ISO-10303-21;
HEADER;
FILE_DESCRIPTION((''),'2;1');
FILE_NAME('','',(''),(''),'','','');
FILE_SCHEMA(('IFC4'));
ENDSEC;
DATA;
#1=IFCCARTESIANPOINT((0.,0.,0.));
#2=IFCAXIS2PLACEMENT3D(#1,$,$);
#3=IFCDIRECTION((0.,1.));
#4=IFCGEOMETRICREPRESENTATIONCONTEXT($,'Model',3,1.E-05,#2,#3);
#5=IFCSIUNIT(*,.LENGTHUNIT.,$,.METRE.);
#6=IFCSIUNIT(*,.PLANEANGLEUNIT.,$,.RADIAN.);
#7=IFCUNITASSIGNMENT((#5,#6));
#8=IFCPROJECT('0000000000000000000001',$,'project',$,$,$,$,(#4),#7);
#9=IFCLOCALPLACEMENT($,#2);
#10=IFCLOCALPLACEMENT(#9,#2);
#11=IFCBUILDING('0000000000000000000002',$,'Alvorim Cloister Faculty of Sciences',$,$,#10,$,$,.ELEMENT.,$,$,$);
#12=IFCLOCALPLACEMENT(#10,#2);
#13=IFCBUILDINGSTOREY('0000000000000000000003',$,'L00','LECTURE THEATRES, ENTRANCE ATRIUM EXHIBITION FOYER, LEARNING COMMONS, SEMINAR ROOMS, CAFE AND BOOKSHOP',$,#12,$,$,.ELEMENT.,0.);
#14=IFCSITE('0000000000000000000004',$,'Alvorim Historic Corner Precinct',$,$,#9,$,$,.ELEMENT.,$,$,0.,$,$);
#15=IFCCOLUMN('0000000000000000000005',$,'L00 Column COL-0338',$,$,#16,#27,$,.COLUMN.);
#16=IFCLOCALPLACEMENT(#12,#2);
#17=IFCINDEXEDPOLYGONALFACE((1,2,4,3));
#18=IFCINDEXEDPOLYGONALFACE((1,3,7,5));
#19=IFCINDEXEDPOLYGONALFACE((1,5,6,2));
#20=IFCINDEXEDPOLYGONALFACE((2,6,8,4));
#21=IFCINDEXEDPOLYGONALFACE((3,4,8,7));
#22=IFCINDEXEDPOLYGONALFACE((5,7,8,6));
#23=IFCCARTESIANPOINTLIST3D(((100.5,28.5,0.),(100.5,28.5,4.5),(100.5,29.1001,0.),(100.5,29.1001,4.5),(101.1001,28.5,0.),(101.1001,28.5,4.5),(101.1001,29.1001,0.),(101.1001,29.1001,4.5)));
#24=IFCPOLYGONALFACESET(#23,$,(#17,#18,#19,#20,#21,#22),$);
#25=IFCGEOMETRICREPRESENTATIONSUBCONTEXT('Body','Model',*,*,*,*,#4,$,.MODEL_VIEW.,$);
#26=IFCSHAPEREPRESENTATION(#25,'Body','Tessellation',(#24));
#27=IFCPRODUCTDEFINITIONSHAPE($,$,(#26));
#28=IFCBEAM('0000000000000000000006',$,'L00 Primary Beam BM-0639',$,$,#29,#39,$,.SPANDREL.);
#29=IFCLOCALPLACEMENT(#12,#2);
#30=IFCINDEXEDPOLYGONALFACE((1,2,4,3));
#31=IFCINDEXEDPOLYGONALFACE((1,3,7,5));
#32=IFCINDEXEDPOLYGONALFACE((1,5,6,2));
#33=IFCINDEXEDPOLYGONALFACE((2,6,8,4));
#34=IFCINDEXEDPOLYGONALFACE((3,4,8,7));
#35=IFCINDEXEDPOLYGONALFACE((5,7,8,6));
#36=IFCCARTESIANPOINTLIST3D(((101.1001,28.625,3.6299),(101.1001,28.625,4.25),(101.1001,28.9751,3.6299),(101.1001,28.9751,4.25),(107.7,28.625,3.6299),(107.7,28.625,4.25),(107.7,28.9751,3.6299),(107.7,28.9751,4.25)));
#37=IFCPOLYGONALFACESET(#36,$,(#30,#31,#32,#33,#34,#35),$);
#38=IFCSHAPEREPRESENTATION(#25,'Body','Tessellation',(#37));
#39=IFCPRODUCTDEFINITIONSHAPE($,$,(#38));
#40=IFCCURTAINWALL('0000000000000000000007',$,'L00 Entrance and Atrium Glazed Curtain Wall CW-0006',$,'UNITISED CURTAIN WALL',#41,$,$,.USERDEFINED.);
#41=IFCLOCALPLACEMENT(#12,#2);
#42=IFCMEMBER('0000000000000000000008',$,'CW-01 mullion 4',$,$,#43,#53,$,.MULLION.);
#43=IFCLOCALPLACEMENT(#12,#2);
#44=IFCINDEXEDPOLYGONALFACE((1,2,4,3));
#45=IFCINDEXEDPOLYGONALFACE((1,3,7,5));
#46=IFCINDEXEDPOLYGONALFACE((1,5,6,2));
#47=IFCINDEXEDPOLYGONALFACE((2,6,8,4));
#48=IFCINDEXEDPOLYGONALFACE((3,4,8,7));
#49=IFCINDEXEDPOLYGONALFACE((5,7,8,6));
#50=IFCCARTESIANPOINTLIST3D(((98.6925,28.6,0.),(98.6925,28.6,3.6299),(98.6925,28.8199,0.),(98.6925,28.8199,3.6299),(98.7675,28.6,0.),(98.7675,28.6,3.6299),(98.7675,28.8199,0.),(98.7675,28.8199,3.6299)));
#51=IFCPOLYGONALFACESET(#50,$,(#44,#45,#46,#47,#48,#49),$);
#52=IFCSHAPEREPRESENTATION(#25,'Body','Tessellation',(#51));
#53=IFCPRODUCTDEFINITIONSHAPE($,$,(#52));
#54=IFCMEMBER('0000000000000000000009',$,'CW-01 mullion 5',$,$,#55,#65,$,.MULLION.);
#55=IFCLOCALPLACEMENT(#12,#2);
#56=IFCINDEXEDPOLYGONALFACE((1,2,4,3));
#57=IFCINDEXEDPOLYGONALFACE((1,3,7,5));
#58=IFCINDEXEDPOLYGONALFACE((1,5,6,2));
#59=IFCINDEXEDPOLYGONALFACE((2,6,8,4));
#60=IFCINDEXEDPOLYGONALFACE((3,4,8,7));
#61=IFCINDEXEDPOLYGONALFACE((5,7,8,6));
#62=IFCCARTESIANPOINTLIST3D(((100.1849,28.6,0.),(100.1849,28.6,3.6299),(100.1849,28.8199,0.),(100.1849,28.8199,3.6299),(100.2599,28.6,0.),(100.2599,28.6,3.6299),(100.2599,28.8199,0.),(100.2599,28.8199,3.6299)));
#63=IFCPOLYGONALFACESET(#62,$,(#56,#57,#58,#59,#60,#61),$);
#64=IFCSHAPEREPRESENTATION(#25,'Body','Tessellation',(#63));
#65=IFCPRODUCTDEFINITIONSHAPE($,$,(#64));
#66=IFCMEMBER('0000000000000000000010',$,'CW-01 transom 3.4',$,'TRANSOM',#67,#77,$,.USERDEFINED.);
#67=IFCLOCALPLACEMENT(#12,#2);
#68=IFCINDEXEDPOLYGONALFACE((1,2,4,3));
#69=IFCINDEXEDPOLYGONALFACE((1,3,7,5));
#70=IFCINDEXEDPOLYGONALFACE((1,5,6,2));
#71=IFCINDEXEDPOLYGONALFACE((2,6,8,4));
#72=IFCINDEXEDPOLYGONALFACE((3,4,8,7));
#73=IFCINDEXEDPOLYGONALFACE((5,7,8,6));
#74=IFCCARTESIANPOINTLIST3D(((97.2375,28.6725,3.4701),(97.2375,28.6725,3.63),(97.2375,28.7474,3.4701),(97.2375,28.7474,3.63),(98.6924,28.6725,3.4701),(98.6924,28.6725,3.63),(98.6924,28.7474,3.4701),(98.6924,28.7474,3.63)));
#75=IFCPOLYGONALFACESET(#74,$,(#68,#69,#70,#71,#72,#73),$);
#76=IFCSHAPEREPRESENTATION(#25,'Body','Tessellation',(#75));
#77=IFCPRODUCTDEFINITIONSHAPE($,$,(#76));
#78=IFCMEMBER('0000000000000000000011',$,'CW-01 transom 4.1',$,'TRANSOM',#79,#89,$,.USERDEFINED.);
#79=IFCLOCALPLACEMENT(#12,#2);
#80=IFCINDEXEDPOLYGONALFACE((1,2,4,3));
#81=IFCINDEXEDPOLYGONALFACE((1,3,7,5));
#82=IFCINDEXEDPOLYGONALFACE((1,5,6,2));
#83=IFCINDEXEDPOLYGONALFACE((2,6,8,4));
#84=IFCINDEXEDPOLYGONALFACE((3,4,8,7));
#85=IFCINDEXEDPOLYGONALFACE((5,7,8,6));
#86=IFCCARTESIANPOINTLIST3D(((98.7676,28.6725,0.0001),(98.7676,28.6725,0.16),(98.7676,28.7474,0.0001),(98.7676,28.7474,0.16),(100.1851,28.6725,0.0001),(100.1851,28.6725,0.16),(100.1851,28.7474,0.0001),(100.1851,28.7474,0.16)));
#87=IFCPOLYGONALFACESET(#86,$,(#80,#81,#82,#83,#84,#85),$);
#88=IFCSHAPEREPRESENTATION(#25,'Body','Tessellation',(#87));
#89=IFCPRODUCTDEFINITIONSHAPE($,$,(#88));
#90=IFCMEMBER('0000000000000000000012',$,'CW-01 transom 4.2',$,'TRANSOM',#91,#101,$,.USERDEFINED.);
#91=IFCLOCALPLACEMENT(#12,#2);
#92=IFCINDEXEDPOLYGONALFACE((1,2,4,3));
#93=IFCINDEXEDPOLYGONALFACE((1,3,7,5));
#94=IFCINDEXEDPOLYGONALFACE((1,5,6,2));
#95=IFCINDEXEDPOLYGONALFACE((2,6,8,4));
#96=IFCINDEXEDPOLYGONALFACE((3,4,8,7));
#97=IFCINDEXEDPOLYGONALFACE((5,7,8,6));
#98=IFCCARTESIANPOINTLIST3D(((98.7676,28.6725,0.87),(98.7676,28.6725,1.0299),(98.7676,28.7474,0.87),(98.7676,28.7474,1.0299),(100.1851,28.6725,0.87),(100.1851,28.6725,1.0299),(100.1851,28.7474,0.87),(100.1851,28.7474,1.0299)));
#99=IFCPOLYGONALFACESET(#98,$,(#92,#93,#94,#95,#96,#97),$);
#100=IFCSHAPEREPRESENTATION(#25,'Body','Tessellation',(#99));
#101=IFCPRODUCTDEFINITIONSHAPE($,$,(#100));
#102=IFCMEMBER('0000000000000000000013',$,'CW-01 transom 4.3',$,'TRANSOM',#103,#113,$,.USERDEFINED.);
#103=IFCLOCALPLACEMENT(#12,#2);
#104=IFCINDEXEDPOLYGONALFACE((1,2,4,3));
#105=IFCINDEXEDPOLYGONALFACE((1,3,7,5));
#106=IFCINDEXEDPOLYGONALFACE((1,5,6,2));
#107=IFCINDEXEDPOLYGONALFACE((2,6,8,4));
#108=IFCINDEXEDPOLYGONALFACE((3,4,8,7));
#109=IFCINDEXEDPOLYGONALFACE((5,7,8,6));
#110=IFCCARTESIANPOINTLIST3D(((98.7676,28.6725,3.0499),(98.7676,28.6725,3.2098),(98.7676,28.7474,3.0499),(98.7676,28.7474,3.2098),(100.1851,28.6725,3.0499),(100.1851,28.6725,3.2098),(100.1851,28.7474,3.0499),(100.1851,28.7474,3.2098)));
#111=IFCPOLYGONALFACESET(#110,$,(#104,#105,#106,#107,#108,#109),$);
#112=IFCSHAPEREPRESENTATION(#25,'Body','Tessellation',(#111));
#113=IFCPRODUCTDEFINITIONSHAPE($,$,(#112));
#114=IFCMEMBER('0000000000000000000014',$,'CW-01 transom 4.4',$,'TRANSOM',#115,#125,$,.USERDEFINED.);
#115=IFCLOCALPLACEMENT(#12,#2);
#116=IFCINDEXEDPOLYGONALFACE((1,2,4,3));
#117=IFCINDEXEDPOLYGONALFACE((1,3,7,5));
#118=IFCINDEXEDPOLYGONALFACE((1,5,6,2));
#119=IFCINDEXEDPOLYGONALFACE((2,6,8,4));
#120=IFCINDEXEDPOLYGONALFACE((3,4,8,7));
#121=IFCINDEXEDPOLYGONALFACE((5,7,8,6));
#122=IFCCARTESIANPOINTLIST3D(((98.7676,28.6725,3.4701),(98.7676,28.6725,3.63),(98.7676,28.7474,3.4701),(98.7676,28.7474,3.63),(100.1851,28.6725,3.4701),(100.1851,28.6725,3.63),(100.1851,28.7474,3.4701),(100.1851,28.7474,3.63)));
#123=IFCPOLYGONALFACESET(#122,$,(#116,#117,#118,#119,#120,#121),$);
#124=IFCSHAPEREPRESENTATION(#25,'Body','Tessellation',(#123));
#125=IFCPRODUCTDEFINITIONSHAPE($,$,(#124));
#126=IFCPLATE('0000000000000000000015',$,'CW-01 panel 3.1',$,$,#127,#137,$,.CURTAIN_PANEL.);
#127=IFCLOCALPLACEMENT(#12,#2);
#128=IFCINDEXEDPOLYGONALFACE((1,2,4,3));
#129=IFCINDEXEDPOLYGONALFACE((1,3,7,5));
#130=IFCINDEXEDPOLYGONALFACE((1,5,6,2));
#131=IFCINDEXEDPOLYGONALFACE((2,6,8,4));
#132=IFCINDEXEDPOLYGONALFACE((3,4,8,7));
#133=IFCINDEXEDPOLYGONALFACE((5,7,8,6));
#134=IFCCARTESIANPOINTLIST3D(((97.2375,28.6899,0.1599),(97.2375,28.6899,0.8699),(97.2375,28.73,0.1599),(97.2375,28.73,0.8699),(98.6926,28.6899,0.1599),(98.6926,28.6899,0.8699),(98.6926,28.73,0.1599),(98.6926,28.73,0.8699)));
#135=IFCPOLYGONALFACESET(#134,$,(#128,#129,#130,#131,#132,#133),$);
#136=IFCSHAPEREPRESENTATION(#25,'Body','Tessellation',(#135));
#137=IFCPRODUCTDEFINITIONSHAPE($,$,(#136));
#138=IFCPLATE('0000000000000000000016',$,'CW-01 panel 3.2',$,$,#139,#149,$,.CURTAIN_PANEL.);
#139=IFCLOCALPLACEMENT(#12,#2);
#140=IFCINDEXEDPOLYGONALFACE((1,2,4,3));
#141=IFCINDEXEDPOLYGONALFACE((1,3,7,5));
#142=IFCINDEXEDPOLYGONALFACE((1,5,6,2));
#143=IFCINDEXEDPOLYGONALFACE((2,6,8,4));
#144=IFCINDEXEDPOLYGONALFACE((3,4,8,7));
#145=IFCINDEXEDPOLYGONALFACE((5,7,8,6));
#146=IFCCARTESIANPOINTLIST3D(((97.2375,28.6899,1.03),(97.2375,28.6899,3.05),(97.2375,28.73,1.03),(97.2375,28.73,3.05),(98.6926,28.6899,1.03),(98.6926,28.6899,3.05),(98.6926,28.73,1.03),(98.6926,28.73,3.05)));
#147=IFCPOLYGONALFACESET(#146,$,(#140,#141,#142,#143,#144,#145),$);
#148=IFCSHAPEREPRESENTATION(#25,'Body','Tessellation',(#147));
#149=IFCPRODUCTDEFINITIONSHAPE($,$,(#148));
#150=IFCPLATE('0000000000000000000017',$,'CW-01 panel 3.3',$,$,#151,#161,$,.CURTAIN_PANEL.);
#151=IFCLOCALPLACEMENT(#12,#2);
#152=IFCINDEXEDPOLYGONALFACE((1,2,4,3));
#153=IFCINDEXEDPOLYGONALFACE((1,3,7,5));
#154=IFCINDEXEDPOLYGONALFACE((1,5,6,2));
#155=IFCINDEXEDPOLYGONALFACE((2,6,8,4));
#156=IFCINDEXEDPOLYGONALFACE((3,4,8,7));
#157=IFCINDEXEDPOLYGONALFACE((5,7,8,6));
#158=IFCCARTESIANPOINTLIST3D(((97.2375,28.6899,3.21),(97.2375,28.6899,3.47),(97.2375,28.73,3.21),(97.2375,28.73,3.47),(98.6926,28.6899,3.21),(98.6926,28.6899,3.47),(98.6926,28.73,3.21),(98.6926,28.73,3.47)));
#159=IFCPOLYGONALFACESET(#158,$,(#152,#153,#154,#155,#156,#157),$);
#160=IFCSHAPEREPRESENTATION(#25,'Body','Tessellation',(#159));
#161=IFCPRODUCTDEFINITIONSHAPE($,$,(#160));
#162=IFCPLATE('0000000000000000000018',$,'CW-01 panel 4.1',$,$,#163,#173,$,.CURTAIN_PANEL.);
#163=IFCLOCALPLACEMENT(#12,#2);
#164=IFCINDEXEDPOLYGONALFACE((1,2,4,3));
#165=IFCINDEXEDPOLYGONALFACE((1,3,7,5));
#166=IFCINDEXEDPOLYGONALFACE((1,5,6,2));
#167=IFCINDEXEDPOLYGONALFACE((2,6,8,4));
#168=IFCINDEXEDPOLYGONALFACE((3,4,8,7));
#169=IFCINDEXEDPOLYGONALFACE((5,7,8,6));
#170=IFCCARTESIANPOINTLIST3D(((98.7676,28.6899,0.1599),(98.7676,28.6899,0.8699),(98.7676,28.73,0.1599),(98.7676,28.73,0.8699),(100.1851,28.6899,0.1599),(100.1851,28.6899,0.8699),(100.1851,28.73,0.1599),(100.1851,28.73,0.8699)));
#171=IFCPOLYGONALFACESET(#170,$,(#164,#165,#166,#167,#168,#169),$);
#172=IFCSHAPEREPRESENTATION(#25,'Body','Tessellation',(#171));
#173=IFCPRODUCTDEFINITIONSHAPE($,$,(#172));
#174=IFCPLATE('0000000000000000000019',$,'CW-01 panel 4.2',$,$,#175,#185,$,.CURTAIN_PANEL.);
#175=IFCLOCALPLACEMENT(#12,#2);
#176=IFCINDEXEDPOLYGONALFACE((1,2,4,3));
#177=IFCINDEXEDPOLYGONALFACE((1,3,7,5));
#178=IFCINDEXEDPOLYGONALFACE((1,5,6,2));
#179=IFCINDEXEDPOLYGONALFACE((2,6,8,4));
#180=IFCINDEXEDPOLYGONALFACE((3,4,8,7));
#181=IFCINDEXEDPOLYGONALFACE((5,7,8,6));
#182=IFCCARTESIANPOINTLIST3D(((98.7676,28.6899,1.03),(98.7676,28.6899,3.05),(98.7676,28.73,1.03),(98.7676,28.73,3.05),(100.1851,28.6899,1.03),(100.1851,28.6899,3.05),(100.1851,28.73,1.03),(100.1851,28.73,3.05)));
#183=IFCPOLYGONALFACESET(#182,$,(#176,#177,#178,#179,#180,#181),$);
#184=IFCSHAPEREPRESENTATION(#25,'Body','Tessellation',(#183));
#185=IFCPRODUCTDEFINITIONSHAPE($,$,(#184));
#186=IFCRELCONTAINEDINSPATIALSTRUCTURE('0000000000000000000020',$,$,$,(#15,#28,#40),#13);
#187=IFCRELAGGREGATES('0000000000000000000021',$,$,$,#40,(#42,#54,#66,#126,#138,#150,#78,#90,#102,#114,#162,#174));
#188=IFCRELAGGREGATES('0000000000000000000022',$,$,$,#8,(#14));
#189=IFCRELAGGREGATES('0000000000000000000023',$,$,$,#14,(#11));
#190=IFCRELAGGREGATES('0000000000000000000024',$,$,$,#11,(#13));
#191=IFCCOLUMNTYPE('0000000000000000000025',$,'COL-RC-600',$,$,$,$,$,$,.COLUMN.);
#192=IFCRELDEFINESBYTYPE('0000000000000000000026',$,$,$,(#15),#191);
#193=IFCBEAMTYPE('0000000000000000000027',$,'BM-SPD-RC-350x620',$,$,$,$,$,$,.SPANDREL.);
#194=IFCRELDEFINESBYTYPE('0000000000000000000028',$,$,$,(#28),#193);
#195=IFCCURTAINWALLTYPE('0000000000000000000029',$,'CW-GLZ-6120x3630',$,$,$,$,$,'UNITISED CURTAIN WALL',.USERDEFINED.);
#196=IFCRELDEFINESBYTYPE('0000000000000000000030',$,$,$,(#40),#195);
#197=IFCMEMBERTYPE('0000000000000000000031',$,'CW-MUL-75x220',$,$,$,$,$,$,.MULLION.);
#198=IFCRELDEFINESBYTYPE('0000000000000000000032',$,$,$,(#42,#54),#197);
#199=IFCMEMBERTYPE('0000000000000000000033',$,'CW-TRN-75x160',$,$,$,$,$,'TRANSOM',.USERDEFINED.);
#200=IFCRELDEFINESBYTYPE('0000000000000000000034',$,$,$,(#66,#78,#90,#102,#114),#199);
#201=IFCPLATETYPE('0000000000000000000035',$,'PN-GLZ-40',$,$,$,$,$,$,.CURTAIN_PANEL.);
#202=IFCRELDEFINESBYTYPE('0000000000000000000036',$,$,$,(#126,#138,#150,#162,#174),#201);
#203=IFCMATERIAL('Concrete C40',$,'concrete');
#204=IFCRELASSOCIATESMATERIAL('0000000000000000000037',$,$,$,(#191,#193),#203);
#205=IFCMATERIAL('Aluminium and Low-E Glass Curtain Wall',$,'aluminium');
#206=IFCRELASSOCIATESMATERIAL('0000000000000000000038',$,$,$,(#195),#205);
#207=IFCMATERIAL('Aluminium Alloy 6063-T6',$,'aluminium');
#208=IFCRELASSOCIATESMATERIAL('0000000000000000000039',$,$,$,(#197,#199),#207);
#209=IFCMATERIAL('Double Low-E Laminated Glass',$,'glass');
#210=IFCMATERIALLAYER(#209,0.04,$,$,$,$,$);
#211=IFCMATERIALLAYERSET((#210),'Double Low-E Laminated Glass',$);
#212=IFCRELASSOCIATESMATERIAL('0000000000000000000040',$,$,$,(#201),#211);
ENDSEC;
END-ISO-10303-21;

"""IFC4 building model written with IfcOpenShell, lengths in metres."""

from ifc_helpers import new_model, si_unit, direction, frame, origin, origin_2d, place, context, subcontext, project, spatial, rectangle, extrude, material, layer, layer_set, material_profile, profile_set, type_object, element, aggregate, save


model = new_model("IFC4")

# Units and contexts
model_context = context("Model", 3, precision=1e-05, world=origin(), true_north=direction((0.0, 1.0)))
body_context = subcontext(model_context, "Body", "Model", "MODEL_VIEW")
ifc_project = project(units=[si_unit("LENGTHUNIT", "METRE"), si_unit("PLANEANGLEUNIT", "RADIAN")], contexts=[model_context])

# Site, building, storey
site_placement = place(None, origin())
site = spatial("IfcSite", under=ifc_project, at=site_placement, Name="Alvorim Historic Corner Precinct", CompositionType="ELEMENT", RefElevation=0.0)
building_placement = place(site_placement, origin())
building = spatial("IfcBuilding", under=site, at=building_placement, Name="Alvorim Cloister Faculty of Sciences", CompositionType="ELEMENT")
storey_placement = place(building_placement, origin())
storey = spatial("IfcBuildingStorey", under=building, at=storey_placement, Name="L00", Description="LECTURE THEATRES, ENTRANCE ATRIUM EXHIBITION FOYER, LEARNING COMMONS, SEMINAR ROOMS, CAFE AND BOOKSHOP", CompositionType="ELEMENT", Elevation=0.0)

# Column
ifc_material_1 = material(Name="Concrete C40", Category="concrete")
ifc_material_profile_1 = material_profile(ifc_material_1, rectangle(XDim=0.6001, YDim=0.6001, at=origin_2d()), Name="RC40-COL-600x600")
ifc_profile_set_1 = profile_set([ifc_material_profile_1], Name="Concrete C40")
column_type = type_object("IfcColumnType", Name="COL-RC-600", PredefinedType="COLUMN", material=ifc_profile_set_1)
column_placement = place(storey_placement, frame((100.8, 28.8, 0.0), z_axis=(0.0, 0.0, 1.0), x_axis=(1.0, 0.0, 0.0)))
element("IfcColumn", 1, at=column_placement, inside=storey, type_object=column_type, Name="L00 Column COL-0338", PredefinedType="COLUMN", context=body_context, shape_type="SweptSolid", body=[
    extrude(rectangle(XDim=0.6001, YDim=0.6001, at=origin_2d()), origin(), (0.0, 0.0, 1.0), 4.5),
])

# Beam
ifc_material_profile_2 = material_profile(ifc_material_1, rectangle(XDim=0.3501, YDim=0.6201, at=origin_2d()), Name="RC40-SPD-350x620")
ifc_profile_set_2 = profile_set([ifc_material_profile_2], Name="Concrete C40")
beam_type = type_object("IfcBeamType", Name="BM-SPD-RC-350x620", PredefinedType="SPANDREL", material=ifc_profile_set_2)
beam_placement = place(storey_placement, frame((101.1001, 28.8, 3.9399), z_axis=(1.0, 0.0, 0.0), x_axis=(0.0, 1.0, 0.0)))
element("IfcBeam", 2, at=beam_placement, inside=storey, type_object=beam_type, Name="L00 Primary Beam BM-0639", PredefinedType="SPANDREL", context=body_context, shape_type="SweptSolid", body=[
    extrude(rectangle(XDim=0.3501, YDim=0.6201, at=origin_2d()), origin(), (0.0, 0.0, 1.0), 6.5999),
])

# Curtain wall, members, plates
ifc_material_2 = material(Name="Aluminium and Low-E Glass Curtain Wall", Category="aluminium")
curtain_wall_type = type_object("IfcCurtainWallType", Name="CW-GLZ-6120x3630", ElementType="UNITISED CURTAIN WALL", PredefinedType="USERDEFINED", material=ifc_material_2)
curtain_wall_placement = place(storey_placement, origin())
curtain_wall = element("IfcCurtainWall", 3, at=curtain_wall_placement, inside=storey, type_object=curtain_wall_type, Name="L00 Entrance and Atrium Glazed Curtain Wall CW-0006", ObjectType="UNITISED CURTAIN WALL", PredefinedType="USERDEFINED")
ifc_material_3 = material(Name="Aluminium Alloy 6063-T6", Category="aluminium")
ifc_material_profile_3 = material_profile(ifc_material_3, rectangle(XDim=0.075, YDim=0.22, at=origin_2d()), Name="ALU-MUL-75x220")
ifc_profile_set_3 = profile_set([ifc_material_profile_3], Name="Aluminium Alloy 6063-T6")
member_type_1 = type_object("IfcMemberType", Name="CW-MUL-75x220", PredefinedType="MULLION", material=ifc_profile_set_3)
member_1_placement = place(storey_placement, frame((98.73, 28.71, 0.0), z_axis=(0.0, 0.0, 1.0), x_axis=(1.0, 0.0, 0.0)))
member_1 = element("IfcMember", 4, at=member_1_placement, type_object=member_type_1, Name="CW-01 mullion 4", PredefinedType="MULLION", context=body_context, shape_type="SweptSolid", body=[
    extrude(rectangle(XDim=0.075, YDim=0.22, at=origin_2d()), origin(), (0.0, 0.0, 1.0), 3.6299),
])
member_2_placement = place(storey_placement, frame((100.2224, 28.71, 0.0), z_axis=(0.0, 0.0, 1.0), x_axis=(1.0, 0.0, 0.0)))
member_2 = element("IfcMember", 5, at=member_2_placement, type_object=member_type_1, Name="CW-01 mullion 5", PredefinedType="MULLION", context=body_context, shape_type="SweptSolid", body=[
    extrude(rectangle(XDim=0.075, YDim=0.22, at=origin_2d()), origin(), (0.0, 0.0, 1.0), 3.6299),
])
ifc_material_profile_4 = material_profile(ifc_material_3, rectangle(XDim=0.075, YDim=0.1599, at=origin_2d()), Name="ALU-TRN-75x160")
ifc_profile_set_4 = profile_set([ifc_material_profile_4], Name="Aluminium Alloy 6063-T6")
member_type_2 = type_object("IfcMemberType", Name="CW-TRN-75x160", ElementType="TRANSOM", PredefinedType="USERDEFINED", material=ifc_profile_set_4)
member_3_placement = place(storey_placement, frame((97.2375, 28.71, 3.55), z_axis=(1.0, 0.0, 0.0), x_axis=(0.0, 1.0, 0.0)))
member_3 = element("IfcMember", 6, at=member_3_placement, type_object=member_type_2, Name="CW-01 transom 3.4", ObjectType="TRANSOM", PredefinedType="USERDEFINED", context=body_context, shape_type="SweptSolid", body=[
    extrude(rectangle(XDim=0.075, YDim=0.1599, at=origin_2d()), origin(), (0.0, 0.0, 1.0), 1.4548),
])
member_4_placement = place(storey_placement, frame((98.7676, 28.71, 0.0801), z_axis=(1.0, 0.0, 0.0), x_axis=(0.0, 1.0, 0.0)))
member_4 = element("IfcMember", 7, at=member_4_placement, type_object=member_type_2, Name="CW-01 transom 4.1", ObjectType="TRANSOM", PredefinedType="USERDEFINED", context=body_context, shape_type="SweptSolid", body=[
    extrude(rectangle(XDim=0.075, YDim=0.1599, at=origin_2d()), origin(), (0.0, 0.0, 1.0), 1.4175),
])
member_5_placement = place(storey_placement, frame((98.7676, 28.71, 0.95), z_axis=(1.0, 0.0, 0.0), x_axis=(0.0, 1.0, 0.0)))
member_5 = element("IfcMember", 8, at=member_5_placement, type_object=member_type_2, Name="CW-01 transom 4.2", ObjectType="TRANSOM", PredefinedType="USERDEFINED", context=body_context, shape_type="SweptSolid", body=[
    extrude(rectangle(XDim=0.075, YDim=0.1599, at=origin_2d()), origin(), (0.0, 0.0, 1.0), 1.4175),
])
member_6_placement = place(storey_placement, frame((98.7676, 28.71, 3.1299), z_axis=(1.0, 0.0, 0.0), x_axis=(0.0, 1.0, 0.0)))
member_6 = element("IfcMember", 9, at=member_6_placement, type_object=member_type_2, Name="CW-01 transom 4.3", ObjectType="TRANSOM", PredefinedType="USERDEFINED", context=body_context, shape_type="SweptSolid", body=[
    extrude(rectangle(XDim=0.075, YDim=0.1599, at=origin_2d()), origin(), (0.0, 0.0, 1.0), 1.4175),
])
member_7_placement = place(storey_placement, frame((98.7676, 28.71, 3.55), z_axis=(1.0, 0.0, 0.0), x_axis=(0.0, 1.0, 0.0)))
member_7 = element("IfcMember", 10, at=member_7_placement, type_object=member_type_2, Name="CW-01 transom 4.4", ObjectType="TRANSOM", PredefinedType="USERDEFINED", context=body_context, shape_type="SweptSolid", body=[
    extrude(rectangle(XDim=0.075, YDim=0.1599, at=origin_2d()), origin(), (0.0, 0.0, 1.0), 1.4175),
])
ifc_material_4 = material(Name="Double Low-E Laminated Glass", Category="glass")
ifc_layer_1 = layer(ifc_material_4, 0.04)
ifc_layer_set_1 = layer_set([ifc_layer_1], Name="Double Low-E Laminated Glass")
plate_type = type_object("IfcPlateType", Name="PN-GLZ-40", PredefinedType="CURTAIN_PANEL", material=ifc_layer_set_1)
plate_1_placement = place(storey_placement, frame((97.9651, 28.71, 0.1599), z_axis=(0.0, 0.0, 1.0), x_axis=(1.0, 0.0, 0.0)))
plate_1 = element("IfcPlate", 11, at=plate_1_placement, type_object=plate_type, Name="CW-01 panel 3.1", PredefinedType="CURTAIN_PANEL", context=body_context, shape_type="SweptSolid", body=[
    extrude(rectangle(XDim=1.4551, YDim=0.04, at=origin_2d()), origin(), (0.0, 0.0, 1.0), 0.71),
])
plate_2_placement = place(storey_placement, frame((97.9651, 28.71, 1.03), z_axis=(0.0, 0.0, 1.0), x_axis=(1.0, 0.0, 0.0)))
plate_2 = element("IfcPlate", 12, at=plate_2_placement, type_object=plate_type, Name="CW-01 panel 3.2", PredefinedType="CURTAIN_PANEL", context=body_context, shape_type="SweptSolid", body=[
    extrude(rectangle(XDim=1.4551, YDim=0.04, at=origin_2d()), origin(), (0.0, 0.0, 1.0), 2.02),
])
plate_3_placement = place(storey_placement, frame((97.9651, 28.71, 3.21), z_axis=(0.0, 0.0, 1.0), x_axis=(1.0, 0.0, 0.0)))
plate_3 = element("IfcPlate", 13, at=plate_3_placement, type_object=plate_type, Name="CW-01 panel 3.3", PredefinedType="CURTAIN_PANEL", context=body_context, shape_type="SweptSolid", body=[
    extrude(rectangle(XDim=1.4551, YDim=0.04, at=origin_2d()), origin(), (0.0, 0.0, 1.0), 0.26),
])
plate_4_placement = place(storey_placement, frame((99.4763, 28.71, 0.1599), z_axis=(0.0, 0.0, 1.0), x_axis=(1.0, 0.0, 0.0)))
plate_4 = element("IfcPlate", 14, at=plate_4_placement, type_object=plate_type, Name="CW-01 panel 4.1", PredefinedType="CURTAIN_PANEL", context=body_context, shape_type="SweptSolid", body=[
    extrude(rectangle(XDim=1.4175, YDim=0.04, at=origin_2d()), origin(), (0.0, 0.0, 1.0), 0.71),
])
plate_5_placement = place(storey_placement, frame((99.4763, 28.71, 1.03), z_axis=(0.0, 0.0, 1.0), x_axis=(1.0, 0.0, 0.0)))
plate_5 = element("IfcPlate", 15, at=plate_5_placement, type_object=plate_type, Name="CW-01 panel 4.2", PredefinedType="CURTAIN_PANEL", context=body_context, shape_type="SweptSolid", body=[
    extrude(rectangle(XDim=1.4175, YDim=0.04, at=origin_2d()), origin(), (0.0, 0.0, 1.0), 2.02),
])
aggregate(curtain_wall, [member_1, member_2, member_3, plate_1, plate_2, plate_3, member_4, member_5, member_6, member_7, plate_4, plate_5])

save(model, "model.ifc")
